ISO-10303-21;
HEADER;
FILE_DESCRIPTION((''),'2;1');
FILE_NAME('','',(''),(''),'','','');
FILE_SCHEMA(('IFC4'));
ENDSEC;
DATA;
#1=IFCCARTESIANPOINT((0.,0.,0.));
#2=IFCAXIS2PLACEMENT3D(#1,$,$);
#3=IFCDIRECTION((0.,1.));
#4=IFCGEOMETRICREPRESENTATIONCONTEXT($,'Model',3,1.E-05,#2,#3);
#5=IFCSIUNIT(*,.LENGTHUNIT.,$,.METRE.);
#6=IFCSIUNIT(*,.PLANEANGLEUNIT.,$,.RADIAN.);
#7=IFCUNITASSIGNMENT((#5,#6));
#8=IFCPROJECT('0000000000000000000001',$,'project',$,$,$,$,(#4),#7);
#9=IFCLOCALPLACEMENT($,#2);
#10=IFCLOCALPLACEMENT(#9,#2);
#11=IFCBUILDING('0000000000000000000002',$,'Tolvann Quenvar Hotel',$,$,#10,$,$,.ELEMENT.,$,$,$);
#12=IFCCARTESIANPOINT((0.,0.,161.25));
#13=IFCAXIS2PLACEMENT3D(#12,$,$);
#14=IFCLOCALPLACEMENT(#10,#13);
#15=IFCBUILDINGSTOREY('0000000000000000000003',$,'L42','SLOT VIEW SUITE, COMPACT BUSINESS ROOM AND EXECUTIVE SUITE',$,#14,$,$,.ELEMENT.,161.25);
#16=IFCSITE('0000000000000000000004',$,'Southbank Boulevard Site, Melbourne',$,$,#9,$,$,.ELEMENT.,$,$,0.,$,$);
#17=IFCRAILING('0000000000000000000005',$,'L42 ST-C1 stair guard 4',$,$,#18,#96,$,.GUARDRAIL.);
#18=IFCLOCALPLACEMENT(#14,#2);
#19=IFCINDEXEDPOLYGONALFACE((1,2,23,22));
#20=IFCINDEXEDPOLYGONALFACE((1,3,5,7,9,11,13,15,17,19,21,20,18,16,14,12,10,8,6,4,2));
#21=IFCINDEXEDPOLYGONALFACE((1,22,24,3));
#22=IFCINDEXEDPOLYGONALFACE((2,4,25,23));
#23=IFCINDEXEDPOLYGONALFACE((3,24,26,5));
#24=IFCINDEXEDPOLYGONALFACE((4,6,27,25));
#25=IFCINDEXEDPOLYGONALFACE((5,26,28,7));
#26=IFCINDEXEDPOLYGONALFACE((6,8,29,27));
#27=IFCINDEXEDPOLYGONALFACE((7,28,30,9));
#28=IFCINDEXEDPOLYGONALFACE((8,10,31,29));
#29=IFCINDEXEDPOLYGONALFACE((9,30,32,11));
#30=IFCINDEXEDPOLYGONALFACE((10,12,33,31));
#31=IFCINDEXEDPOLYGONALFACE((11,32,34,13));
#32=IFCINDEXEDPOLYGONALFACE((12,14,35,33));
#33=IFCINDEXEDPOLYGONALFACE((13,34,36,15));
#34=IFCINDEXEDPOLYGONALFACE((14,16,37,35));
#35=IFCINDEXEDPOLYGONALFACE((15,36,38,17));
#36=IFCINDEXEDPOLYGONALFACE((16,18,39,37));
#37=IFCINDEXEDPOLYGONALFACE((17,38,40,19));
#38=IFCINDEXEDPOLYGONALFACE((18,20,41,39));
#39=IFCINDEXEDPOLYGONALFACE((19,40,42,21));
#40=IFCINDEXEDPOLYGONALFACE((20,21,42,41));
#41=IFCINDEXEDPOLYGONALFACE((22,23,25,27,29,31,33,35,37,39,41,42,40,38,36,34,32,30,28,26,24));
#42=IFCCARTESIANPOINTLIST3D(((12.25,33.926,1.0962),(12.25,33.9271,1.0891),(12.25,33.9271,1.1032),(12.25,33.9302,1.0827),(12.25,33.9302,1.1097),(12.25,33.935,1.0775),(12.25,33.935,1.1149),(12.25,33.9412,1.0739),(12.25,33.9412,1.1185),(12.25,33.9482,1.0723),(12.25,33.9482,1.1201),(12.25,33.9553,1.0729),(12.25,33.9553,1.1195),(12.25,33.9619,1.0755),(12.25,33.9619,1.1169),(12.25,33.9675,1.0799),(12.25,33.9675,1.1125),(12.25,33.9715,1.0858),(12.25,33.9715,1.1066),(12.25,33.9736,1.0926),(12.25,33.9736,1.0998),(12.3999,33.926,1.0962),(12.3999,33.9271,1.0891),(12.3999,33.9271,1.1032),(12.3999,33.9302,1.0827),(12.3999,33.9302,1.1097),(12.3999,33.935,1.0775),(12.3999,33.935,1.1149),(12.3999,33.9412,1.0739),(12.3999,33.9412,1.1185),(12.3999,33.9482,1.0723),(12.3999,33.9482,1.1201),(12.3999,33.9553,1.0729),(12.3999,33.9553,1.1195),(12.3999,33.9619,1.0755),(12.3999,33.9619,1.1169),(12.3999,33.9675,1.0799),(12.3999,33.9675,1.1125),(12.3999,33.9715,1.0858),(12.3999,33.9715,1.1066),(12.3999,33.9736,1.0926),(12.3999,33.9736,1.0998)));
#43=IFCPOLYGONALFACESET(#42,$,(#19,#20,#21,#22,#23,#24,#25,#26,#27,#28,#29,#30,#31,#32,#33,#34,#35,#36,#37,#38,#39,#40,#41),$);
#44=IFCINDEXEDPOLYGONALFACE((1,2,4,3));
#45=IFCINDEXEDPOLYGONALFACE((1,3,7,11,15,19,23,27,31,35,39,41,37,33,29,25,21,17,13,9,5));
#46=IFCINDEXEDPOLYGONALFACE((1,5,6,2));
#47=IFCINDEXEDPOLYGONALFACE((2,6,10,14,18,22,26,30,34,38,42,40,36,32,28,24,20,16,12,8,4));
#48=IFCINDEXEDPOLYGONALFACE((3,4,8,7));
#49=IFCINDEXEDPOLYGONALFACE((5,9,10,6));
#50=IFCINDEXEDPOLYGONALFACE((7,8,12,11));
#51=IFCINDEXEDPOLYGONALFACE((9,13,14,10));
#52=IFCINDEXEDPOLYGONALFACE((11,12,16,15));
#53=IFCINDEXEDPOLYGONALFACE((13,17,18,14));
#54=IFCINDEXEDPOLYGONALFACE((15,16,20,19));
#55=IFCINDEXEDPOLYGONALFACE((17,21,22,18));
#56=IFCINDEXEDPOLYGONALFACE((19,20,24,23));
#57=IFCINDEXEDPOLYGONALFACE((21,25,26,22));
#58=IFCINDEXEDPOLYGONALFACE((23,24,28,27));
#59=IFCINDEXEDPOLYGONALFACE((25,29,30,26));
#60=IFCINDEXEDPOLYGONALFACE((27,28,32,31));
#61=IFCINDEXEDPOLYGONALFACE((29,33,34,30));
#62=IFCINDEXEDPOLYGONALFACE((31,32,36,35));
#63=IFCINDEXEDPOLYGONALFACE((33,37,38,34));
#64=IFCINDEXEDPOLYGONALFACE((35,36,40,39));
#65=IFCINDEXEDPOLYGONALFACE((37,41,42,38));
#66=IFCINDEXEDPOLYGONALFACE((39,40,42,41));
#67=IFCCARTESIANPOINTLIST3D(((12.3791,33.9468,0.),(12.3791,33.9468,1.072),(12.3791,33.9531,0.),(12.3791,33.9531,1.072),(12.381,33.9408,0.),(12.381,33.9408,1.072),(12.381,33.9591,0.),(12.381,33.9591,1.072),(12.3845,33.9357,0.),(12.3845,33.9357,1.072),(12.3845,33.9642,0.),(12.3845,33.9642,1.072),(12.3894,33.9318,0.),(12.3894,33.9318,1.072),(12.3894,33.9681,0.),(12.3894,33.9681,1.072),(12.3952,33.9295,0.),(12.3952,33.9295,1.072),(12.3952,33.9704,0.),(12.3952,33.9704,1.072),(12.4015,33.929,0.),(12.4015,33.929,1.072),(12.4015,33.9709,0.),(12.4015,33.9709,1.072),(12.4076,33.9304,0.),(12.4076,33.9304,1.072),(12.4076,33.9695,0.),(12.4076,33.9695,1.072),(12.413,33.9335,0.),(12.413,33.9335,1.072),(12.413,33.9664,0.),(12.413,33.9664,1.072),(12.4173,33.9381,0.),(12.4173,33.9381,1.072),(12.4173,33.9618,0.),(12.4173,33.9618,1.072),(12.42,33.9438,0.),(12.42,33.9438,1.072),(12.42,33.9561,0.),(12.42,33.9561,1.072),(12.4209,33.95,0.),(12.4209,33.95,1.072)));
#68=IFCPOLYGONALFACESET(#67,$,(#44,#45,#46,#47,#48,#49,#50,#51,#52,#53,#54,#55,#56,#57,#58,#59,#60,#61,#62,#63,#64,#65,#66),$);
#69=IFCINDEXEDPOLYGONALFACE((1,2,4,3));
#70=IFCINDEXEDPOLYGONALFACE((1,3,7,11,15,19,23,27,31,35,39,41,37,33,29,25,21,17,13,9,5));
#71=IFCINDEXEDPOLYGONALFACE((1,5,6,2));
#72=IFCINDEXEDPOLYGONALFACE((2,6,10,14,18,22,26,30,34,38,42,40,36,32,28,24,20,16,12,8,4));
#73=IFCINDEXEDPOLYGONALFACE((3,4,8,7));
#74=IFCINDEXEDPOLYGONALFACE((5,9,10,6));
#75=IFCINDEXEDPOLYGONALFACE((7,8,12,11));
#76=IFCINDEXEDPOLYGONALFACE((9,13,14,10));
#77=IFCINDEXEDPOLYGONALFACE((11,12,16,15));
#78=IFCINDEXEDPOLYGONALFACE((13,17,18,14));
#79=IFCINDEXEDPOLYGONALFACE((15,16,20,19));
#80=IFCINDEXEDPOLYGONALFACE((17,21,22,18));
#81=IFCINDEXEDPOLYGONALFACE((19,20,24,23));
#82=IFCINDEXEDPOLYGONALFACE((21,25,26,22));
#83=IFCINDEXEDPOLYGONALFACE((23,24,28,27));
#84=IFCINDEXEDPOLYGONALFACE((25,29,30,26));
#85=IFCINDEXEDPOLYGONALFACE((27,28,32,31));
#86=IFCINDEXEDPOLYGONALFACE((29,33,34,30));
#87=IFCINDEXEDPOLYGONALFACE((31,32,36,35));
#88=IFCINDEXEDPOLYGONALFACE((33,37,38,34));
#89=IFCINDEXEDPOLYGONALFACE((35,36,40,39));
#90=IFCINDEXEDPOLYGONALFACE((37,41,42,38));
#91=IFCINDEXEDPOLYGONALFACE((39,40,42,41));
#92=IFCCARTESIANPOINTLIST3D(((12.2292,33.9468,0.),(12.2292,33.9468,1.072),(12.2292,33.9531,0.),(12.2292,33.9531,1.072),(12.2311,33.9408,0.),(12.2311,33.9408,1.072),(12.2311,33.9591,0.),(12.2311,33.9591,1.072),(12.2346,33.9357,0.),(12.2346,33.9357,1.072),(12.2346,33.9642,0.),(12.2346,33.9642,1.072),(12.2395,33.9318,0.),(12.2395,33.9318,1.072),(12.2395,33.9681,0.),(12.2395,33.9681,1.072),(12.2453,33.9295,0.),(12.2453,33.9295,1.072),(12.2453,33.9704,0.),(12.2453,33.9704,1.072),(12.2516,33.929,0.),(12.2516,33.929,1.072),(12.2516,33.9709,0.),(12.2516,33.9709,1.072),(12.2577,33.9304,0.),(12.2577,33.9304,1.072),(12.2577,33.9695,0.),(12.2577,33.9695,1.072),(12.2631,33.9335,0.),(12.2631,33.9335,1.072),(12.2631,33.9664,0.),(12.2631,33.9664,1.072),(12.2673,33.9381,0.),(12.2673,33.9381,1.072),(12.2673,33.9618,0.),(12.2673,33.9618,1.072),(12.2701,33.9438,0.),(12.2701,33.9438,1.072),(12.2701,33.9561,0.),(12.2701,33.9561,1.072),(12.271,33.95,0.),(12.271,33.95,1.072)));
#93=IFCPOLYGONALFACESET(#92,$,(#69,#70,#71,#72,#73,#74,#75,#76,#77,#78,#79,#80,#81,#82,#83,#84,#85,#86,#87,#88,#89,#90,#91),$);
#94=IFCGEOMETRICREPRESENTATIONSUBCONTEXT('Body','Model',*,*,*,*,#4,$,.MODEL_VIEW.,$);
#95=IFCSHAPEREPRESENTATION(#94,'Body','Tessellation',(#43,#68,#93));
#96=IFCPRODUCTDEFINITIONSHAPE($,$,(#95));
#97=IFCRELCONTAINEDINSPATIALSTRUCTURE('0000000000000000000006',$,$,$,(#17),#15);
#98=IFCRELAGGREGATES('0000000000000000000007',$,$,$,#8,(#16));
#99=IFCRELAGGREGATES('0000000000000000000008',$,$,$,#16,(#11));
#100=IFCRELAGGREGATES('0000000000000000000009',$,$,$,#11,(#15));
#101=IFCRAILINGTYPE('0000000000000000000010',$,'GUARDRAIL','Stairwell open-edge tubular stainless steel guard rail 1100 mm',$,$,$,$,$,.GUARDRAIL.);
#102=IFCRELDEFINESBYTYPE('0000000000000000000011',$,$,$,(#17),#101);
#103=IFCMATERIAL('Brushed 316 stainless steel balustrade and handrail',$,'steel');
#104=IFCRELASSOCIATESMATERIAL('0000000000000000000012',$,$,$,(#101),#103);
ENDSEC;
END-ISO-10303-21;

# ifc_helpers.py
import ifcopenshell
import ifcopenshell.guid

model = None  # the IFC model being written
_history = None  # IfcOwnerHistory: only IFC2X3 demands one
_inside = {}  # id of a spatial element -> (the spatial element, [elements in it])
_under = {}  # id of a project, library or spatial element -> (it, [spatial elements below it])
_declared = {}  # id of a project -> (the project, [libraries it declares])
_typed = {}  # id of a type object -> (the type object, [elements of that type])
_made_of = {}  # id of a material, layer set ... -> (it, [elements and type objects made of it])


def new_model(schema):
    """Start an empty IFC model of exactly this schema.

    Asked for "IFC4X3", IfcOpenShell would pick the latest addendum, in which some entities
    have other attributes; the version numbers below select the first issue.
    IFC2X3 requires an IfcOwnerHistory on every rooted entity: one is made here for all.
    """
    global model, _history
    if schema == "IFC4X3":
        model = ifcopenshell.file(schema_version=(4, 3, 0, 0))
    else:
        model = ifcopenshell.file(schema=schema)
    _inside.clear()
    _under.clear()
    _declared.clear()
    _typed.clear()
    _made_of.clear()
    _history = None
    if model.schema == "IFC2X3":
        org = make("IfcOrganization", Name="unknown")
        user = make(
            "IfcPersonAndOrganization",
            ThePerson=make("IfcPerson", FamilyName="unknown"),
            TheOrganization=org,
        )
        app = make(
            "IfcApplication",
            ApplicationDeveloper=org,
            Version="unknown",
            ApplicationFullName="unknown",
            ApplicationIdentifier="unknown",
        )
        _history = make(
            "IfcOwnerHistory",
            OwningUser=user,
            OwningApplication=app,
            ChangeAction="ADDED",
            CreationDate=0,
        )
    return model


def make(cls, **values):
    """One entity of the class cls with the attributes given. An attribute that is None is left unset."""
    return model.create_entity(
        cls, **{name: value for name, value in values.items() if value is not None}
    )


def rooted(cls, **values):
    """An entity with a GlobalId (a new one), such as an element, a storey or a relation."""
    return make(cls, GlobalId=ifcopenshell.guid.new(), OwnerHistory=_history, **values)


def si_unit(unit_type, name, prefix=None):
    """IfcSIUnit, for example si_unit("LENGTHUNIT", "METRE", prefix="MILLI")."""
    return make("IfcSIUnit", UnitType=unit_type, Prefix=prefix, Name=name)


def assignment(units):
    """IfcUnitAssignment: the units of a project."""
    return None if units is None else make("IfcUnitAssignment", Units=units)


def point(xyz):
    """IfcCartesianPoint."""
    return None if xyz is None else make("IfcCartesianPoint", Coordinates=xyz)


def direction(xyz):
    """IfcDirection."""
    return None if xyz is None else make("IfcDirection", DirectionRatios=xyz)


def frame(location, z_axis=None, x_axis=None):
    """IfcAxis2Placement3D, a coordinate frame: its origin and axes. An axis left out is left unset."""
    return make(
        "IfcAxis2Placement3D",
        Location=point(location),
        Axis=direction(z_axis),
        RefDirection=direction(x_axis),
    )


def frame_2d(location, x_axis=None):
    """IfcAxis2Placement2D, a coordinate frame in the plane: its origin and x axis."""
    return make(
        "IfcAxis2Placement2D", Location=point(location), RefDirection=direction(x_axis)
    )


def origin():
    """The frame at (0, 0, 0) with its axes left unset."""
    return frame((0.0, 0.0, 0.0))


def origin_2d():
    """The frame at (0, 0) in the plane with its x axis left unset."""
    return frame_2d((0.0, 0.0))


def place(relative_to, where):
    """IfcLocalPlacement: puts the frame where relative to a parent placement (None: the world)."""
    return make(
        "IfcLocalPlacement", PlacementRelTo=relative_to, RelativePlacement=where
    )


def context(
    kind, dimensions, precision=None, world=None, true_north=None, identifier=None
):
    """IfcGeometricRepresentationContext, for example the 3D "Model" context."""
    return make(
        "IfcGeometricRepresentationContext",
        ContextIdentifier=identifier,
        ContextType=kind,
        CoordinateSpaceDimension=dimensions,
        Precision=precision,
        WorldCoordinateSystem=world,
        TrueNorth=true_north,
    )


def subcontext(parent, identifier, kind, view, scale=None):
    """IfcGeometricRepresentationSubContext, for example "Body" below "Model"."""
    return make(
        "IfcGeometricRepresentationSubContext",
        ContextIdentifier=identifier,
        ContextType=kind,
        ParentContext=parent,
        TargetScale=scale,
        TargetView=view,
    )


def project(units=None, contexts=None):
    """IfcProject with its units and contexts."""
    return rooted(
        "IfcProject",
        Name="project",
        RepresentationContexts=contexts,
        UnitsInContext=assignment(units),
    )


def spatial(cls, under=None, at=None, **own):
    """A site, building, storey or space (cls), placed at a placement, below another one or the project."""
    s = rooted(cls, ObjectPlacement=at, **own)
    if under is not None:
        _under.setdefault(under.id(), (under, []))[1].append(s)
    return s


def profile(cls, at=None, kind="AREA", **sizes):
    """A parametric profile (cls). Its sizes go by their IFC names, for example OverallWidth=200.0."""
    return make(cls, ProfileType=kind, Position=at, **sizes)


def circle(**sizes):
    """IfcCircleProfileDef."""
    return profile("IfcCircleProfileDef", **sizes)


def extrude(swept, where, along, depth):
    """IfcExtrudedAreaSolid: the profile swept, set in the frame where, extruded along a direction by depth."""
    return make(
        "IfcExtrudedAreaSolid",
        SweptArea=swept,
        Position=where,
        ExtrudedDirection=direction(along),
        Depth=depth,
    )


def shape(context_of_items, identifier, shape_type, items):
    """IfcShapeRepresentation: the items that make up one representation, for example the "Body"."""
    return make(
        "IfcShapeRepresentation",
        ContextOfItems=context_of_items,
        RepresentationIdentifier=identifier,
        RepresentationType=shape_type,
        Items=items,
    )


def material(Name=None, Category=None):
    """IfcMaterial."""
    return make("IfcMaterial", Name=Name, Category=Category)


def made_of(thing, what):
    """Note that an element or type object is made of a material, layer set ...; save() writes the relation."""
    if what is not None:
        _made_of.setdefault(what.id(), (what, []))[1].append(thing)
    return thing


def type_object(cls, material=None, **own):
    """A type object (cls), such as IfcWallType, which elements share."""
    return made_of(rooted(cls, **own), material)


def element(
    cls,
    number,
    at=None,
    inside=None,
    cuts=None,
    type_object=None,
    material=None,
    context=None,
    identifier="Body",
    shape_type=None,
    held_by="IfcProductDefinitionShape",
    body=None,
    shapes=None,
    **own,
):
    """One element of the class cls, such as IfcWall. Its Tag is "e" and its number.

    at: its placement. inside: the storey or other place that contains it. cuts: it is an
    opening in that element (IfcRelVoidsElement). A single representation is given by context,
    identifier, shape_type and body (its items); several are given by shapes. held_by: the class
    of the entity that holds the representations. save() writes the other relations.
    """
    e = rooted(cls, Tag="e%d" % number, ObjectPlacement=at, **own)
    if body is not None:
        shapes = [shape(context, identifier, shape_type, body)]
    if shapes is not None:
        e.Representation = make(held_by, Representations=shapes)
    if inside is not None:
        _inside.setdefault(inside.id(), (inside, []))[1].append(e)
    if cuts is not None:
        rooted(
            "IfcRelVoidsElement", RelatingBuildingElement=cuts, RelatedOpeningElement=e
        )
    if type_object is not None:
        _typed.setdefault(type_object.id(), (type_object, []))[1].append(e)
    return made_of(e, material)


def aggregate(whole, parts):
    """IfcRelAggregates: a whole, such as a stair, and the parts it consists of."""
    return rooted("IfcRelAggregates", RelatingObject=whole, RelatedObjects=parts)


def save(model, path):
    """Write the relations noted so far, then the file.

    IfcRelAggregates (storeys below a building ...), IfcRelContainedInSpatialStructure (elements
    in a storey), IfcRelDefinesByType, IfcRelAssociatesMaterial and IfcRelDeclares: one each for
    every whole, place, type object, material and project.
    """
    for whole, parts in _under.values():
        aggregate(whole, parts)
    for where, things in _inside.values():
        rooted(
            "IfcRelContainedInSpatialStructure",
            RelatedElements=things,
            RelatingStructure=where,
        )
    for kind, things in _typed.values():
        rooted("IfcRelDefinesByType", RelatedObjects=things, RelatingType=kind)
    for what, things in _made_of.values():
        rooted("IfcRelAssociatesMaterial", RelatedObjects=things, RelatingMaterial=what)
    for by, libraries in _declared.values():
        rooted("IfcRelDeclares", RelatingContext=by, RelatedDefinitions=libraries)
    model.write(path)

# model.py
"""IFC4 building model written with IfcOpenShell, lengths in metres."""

from ifc_helpers import new_model, si_unit, direction, frame, origin, origin_2d, place, context, subcontext, project, spatial, circle, extrude, material, type_object, element, save


model = new_model("IFC4")

# Units and contexts
model_context = context("Model", 3, precision=1e-05, world=origin(), true_north=direction((0.0, 1.0)))
body_context = subcontext(model_context, "Body", "Model", "MODEL_VIEW")
ifc_project = project(units=[si_unit("LENGTHUNIT", "METRE"), si_unit("PLANEANGLEUNIT", "RADIAN")], contexts=[model_context])

# Site, building, storey
site_placement = place(None, origin())
site = spatial("IfcSite", under=ifc_project, at=site_placement, Name="Southbank Boulevard Site, Melbourne", CompositionType="ELEMENT", RefElevation=0.0)
building_placement = place(site_placement, origin())
building = spatial("IfcBuilding", under=site, at=building_placement, Name="Tolvann Quenvar Hotel", CompositionType="ELEMENT")
storey_placement = place(building_placement, frame((0.0, 0.0, 161.25)))
storey = spatial("IfcBuildingStorey", under=building, at=storey_placement, Name="L42", Description="SLOT VIEW SUITE, COMPACT BUSINESS ROOM AND EXECUTIVE SUITE", CompositionType="ELEMENT", Elevation=161.25)

# Railing
ifc_material_1 = material(Name="Brushed 316 stainless steel balustrade and handrail", Category="steel")
railing_type_1 = type_object("IfcRailingType", Name="GUARDRAIL", Description="Stairwell open-edge tubular stainless steel guard rail 1100 mm", PredefinedType="GUARDRAIL", material=ifc_material_1)
railing_1_placement = place(storey_placement, frame((12.3999, 33.95, 0.0)))
element("IfcRailing", 1, at=railing_1_placement, inside=storey, type_object=railing_type_1, Name="L42 ST-C1 stair guard 4", PredefinedType="GUARDRAIL", context=body_context, shape_type="SweptSolid", body=[
    extrude(circle(Radius=0.0239, at=origin_2d()), frame((0.0, 0.0, 1.0962), z_axis=(-1.0, 0.0, 0.0), x_axis=(0.0, -1.0, 0.0)), (0.0, 0.0, 1.0), 0.1499),
    extrude(circle(Radius=0.021, at=origin_2d()), origin(), (0.0, 0.0, 1.0), 1.072),
    extrude(circle(Radius=0.021, at=origin_2d()), frame((-0.1499, 0.0, 0.0)), (0.0, 0.0, 1.0), 1.072),
])

save(model, "model.ifc")
